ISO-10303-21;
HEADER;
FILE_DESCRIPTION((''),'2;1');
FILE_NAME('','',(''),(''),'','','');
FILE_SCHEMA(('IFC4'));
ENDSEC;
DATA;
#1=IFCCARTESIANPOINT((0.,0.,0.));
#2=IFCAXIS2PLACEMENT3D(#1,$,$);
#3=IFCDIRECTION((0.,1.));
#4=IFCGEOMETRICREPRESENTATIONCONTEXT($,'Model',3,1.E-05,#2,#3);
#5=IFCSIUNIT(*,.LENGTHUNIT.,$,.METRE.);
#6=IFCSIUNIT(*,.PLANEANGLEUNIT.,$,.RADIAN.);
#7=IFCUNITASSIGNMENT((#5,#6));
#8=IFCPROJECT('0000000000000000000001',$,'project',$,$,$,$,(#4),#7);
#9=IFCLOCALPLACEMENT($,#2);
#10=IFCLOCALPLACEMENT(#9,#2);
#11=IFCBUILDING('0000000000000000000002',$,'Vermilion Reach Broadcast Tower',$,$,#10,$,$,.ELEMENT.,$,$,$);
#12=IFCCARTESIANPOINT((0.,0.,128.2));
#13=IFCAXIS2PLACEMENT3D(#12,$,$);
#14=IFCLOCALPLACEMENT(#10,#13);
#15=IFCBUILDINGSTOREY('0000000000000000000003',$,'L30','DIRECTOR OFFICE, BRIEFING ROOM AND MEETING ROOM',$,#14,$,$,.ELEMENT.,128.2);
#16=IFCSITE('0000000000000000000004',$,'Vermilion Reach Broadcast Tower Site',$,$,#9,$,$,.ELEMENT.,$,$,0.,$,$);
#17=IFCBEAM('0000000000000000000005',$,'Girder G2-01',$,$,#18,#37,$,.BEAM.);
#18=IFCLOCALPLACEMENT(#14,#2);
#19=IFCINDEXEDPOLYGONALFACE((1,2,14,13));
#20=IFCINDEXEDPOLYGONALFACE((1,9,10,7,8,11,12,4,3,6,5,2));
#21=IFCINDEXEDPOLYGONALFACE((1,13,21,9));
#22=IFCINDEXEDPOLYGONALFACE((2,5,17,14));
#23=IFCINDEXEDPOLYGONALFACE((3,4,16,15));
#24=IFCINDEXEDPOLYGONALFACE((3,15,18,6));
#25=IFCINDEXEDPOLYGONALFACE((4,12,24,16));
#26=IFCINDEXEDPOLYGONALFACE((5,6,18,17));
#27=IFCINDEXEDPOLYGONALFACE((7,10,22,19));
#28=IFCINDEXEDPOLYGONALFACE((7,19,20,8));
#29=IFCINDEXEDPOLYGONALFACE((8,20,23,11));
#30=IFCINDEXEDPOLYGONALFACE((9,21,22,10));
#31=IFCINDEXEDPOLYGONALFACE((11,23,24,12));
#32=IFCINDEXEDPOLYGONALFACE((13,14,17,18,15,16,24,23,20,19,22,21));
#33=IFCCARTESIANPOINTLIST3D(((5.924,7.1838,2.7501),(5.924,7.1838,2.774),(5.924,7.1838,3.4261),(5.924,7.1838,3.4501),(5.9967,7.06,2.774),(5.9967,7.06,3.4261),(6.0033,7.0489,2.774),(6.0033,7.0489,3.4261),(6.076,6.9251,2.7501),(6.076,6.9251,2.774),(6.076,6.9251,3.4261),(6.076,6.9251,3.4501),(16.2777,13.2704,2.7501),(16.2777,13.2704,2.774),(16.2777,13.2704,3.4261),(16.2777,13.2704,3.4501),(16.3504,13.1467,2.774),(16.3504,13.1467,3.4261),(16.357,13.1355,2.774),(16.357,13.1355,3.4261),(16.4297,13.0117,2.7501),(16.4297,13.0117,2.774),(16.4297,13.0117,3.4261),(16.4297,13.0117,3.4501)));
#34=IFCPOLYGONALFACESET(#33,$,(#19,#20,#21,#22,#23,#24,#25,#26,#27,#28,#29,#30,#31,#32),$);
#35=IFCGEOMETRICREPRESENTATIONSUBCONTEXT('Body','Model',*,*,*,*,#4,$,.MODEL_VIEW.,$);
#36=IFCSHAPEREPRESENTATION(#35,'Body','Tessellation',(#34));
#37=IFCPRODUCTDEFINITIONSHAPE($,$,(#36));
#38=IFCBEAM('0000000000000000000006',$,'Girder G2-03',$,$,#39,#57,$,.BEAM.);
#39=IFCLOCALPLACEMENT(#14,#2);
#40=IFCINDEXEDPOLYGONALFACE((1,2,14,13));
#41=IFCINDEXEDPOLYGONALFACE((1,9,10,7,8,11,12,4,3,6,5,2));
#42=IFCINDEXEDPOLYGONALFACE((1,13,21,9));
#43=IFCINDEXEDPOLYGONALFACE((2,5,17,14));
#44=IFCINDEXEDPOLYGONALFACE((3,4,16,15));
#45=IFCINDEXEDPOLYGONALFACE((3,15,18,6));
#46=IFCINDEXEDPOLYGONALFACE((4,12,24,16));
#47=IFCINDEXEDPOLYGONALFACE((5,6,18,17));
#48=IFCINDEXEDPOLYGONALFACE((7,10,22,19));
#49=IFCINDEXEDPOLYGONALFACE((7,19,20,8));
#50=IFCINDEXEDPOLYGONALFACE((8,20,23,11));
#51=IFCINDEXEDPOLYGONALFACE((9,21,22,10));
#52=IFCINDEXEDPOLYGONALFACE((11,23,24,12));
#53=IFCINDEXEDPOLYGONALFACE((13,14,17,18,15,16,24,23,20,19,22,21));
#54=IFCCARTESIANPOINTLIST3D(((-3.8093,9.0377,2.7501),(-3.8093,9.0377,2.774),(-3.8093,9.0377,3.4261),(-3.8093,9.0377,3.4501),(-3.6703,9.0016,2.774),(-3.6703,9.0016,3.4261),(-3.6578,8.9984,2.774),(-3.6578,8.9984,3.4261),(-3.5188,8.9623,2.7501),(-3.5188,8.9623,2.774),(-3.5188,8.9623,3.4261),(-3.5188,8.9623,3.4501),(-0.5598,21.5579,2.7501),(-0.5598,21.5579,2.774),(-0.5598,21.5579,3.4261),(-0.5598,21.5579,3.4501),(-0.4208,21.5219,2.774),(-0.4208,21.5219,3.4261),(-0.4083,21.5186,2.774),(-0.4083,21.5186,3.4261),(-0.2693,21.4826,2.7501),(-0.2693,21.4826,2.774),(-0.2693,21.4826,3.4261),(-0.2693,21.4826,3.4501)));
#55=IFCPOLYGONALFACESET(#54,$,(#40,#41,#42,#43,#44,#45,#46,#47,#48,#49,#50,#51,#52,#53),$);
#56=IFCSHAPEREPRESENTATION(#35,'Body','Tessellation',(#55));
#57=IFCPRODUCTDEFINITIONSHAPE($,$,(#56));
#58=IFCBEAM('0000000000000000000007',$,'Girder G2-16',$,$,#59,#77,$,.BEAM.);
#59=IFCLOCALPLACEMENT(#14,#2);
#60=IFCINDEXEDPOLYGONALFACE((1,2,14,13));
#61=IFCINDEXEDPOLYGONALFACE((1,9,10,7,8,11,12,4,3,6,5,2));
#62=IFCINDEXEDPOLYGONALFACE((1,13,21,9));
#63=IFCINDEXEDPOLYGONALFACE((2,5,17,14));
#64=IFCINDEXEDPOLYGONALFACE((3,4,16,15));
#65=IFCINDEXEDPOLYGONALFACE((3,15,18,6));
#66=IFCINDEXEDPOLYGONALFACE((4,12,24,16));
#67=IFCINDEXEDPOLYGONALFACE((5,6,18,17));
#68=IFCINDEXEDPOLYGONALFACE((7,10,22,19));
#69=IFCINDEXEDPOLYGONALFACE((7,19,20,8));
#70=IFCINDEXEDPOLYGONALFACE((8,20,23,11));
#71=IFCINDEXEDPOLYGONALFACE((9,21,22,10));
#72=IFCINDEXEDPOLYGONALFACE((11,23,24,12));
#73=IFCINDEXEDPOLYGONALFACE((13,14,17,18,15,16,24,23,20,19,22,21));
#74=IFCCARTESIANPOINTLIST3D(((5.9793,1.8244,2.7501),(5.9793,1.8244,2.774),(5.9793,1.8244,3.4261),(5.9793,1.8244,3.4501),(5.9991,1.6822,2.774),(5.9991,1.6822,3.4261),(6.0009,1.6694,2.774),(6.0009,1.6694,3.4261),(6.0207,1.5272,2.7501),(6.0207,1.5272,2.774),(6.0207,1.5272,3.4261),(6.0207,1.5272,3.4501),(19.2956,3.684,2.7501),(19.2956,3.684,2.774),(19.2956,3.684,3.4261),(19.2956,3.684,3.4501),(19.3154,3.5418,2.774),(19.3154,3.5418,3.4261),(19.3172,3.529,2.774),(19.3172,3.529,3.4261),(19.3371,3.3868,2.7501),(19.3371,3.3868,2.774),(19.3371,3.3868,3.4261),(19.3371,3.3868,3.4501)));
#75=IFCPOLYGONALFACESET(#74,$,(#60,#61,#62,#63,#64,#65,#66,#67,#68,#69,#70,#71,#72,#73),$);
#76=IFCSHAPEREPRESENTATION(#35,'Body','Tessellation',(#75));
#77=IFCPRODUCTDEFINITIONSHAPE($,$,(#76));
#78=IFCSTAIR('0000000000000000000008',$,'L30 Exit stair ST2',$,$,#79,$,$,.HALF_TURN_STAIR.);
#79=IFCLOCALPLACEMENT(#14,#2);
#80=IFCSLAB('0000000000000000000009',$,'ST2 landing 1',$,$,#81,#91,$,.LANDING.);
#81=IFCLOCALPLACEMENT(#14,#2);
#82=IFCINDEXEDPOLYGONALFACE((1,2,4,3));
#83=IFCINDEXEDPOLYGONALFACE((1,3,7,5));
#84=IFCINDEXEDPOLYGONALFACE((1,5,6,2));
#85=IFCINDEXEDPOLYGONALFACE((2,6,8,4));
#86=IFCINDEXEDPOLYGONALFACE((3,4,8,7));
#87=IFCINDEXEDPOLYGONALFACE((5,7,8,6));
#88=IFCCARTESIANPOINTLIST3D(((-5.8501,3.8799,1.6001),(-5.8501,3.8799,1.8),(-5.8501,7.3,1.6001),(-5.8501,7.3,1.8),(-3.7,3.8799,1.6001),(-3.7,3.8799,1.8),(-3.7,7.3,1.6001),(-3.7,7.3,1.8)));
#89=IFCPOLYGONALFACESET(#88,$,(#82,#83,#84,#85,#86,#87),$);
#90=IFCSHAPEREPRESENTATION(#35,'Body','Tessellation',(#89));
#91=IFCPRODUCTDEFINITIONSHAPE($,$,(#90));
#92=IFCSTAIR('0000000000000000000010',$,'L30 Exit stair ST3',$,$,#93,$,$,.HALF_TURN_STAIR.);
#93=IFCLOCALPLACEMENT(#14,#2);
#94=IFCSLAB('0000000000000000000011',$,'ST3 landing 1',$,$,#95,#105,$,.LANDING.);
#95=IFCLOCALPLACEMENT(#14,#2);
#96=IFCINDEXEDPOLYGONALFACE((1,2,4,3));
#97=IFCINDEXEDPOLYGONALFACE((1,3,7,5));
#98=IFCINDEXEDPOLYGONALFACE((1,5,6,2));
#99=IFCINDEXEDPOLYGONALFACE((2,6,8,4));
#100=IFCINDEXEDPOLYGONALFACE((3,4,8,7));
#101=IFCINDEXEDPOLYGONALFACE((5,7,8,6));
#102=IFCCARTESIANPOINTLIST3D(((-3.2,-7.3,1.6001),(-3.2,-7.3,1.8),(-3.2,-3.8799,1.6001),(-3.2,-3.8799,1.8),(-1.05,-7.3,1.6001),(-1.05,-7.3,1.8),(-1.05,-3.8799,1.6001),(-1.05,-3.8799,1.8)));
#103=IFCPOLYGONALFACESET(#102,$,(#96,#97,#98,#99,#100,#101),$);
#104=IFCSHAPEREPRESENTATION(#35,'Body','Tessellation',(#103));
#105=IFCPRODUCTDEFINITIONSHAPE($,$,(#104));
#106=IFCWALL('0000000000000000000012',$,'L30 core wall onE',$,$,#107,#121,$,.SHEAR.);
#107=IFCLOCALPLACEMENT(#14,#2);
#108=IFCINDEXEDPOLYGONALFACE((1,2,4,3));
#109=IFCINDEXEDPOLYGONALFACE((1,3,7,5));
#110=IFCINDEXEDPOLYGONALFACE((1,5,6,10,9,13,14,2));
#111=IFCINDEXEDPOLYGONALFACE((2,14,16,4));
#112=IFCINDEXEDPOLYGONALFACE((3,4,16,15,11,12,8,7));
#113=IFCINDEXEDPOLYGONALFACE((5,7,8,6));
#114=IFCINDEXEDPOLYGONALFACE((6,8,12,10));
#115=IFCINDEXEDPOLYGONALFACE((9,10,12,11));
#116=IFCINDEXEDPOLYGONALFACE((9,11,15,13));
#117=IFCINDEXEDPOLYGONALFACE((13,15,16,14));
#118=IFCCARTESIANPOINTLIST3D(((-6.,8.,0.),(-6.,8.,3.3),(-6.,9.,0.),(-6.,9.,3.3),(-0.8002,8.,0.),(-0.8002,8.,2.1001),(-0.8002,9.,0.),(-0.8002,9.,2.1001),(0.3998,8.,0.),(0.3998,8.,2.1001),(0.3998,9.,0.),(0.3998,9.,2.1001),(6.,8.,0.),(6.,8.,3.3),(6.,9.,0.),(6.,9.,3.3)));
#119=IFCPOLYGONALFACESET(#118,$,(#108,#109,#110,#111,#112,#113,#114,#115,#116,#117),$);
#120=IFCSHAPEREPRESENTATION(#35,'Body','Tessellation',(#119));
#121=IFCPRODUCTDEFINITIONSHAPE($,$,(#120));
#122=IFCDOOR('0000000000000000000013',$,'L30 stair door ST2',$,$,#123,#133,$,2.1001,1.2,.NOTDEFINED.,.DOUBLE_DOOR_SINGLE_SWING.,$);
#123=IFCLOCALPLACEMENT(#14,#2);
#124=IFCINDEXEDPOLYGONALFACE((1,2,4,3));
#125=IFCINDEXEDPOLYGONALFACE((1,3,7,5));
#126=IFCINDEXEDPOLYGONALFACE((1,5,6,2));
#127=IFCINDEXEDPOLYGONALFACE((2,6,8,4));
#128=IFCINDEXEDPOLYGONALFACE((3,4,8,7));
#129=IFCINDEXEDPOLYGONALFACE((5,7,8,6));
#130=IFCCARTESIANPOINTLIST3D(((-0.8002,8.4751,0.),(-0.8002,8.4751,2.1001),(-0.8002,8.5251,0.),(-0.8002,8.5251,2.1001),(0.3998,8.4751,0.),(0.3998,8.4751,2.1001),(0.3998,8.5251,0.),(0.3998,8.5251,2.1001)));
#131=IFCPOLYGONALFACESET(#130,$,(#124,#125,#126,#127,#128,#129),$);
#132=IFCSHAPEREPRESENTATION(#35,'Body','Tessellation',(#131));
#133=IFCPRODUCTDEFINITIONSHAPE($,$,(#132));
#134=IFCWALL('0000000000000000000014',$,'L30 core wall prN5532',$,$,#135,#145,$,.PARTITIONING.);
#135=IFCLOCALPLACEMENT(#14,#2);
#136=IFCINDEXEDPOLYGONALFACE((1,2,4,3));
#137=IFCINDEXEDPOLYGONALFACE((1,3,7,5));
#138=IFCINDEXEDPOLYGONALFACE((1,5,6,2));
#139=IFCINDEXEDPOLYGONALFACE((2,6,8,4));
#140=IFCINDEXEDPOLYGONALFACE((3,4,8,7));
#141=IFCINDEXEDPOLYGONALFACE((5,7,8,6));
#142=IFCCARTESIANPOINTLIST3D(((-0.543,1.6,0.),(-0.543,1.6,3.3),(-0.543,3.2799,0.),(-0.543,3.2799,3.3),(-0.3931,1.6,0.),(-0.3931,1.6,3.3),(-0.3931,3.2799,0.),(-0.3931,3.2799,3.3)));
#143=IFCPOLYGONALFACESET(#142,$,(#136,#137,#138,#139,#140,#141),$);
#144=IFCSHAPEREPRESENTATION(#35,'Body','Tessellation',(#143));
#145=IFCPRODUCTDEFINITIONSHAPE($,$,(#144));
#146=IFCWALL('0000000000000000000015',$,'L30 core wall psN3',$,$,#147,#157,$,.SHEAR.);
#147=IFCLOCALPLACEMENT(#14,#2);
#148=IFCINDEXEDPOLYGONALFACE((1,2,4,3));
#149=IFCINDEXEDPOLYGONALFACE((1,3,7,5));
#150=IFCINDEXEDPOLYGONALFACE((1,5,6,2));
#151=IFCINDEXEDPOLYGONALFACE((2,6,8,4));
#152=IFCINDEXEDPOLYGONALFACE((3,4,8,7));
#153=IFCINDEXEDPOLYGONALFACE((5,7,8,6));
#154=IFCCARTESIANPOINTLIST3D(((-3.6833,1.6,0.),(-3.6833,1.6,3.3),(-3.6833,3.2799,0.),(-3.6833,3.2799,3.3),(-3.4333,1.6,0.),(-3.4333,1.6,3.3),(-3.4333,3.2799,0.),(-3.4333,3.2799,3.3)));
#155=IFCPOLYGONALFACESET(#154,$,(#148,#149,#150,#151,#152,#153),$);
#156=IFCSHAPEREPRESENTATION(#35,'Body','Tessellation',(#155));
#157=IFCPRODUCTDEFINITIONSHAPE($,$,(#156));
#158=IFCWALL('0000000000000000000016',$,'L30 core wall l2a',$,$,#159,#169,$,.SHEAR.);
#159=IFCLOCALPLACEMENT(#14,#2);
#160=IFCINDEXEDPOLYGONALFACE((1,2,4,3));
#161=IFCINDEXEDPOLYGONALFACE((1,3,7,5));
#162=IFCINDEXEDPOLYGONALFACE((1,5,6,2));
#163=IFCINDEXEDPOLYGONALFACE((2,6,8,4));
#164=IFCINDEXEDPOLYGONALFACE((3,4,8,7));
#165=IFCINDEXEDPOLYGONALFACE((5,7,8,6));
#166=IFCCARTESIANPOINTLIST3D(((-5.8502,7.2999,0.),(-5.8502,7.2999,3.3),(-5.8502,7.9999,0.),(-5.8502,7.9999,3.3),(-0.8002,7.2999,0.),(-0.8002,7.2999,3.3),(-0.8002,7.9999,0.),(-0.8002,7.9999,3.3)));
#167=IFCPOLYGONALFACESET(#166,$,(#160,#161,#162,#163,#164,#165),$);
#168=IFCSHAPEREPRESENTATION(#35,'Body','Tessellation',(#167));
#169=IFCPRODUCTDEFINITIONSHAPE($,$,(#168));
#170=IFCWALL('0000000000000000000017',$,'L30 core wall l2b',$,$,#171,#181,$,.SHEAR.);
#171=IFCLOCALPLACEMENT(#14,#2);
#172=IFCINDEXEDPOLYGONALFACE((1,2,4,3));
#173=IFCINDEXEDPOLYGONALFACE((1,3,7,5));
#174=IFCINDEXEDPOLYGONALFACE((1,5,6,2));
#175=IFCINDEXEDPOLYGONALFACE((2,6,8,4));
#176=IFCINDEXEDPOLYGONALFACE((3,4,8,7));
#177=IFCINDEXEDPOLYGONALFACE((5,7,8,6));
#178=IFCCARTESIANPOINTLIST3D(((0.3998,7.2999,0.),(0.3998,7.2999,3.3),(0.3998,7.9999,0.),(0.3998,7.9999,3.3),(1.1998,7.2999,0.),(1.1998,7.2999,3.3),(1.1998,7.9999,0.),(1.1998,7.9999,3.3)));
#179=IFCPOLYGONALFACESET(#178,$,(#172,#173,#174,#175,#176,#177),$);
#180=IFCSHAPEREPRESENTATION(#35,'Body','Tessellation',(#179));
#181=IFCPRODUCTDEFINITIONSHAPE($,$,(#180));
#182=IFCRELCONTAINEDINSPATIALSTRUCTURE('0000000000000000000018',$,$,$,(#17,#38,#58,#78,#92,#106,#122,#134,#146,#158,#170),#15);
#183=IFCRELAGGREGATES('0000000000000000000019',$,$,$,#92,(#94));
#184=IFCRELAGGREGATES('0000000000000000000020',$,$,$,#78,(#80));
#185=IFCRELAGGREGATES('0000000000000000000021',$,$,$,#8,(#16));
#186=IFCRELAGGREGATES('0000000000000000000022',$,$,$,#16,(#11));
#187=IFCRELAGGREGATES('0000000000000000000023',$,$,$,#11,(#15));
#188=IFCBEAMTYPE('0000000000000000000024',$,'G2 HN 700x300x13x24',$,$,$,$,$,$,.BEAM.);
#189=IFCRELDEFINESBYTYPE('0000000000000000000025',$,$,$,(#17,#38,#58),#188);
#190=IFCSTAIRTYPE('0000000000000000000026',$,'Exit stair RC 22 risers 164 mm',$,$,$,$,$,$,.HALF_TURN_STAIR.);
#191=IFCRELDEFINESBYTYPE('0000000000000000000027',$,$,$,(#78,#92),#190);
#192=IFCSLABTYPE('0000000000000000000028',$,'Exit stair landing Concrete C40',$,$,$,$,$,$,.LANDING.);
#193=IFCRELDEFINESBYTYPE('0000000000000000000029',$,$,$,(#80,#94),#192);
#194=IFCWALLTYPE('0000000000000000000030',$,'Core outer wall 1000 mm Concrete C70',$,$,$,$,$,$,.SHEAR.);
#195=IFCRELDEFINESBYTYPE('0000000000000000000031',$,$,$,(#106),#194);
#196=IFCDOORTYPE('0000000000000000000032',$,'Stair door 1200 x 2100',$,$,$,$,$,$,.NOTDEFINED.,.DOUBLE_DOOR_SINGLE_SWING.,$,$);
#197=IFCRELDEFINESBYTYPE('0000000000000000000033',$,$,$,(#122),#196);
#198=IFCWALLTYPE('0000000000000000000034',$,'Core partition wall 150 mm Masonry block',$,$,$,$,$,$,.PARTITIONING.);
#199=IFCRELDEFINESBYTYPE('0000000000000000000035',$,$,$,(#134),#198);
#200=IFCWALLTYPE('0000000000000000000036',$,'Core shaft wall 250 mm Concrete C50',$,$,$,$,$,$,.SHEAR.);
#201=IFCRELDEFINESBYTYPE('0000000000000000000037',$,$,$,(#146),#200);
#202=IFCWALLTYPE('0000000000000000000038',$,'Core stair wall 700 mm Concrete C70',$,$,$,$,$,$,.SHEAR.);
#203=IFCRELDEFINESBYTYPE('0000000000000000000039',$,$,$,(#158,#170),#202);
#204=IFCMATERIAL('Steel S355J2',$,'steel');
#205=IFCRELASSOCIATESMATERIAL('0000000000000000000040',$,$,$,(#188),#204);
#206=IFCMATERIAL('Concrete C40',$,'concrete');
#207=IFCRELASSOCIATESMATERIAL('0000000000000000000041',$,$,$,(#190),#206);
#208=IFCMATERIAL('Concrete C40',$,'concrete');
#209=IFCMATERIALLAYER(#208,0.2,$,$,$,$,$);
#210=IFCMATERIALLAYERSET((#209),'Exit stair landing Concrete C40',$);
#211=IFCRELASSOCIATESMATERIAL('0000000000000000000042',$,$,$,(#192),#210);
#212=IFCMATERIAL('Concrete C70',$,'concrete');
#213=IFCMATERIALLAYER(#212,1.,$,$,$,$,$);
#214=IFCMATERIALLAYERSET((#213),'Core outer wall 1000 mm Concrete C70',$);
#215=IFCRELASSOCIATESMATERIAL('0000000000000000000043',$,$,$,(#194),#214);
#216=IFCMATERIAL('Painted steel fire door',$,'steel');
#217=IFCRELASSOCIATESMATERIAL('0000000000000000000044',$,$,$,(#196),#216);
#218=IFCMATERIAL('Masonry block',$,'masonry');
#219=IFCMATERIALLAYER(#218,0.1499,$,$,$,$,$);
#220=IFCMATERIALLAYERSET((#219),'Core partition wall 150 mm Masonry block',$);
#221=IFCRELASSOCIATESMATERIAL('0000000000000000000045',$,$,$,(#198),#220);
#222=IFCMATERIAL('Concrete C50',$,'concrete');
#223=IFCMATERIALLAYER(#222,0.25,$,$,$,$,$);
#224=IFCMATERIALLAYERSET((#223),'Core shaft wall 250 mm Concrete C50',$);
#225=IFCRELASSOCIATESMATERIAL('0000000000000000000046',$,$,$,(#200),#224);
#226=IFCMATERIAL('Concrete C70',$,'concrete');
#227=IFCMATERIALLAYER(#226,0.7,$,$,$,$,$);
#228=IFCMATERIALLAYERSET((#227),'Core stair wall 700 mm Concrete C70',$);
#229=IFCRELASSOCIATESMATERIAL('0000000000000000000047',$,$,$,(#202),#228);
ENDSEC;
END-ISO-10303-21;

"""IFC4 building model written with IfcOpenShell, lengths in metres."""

from ifc_helpers import new_model, si_unit, direction, frame, frame_2d, origin, origin_2d, place, context, subcontext, project, spatial, polyline, rectangle, i_section, outline, extrude, material, layer, layer_set, material_profile, profile_set, type_object, element, fill, aggregate, save


model = new_model("IFC4")

# Units and contexts
model_context = context("Model", 3, precision=1e-05, world=origin(), true_north=direction((0.0, 1.0)))
body_context = subcontext(model_context, "Body", "Model", "MODEL_VIEW")
ifc_project = project(units=[si_unit("LENGTHUNIT", "METRE"), si_unit("PLANEANGLEUNIT", "RADIAN")], contexts=[model_context])

# Site, building, storey
site_placement = place(None, origin())
site = spatial("IfcSite", under=ifc_project, at=site_placement, Name="Vermilion Reach Broadcast Tower Site", CompositionType="ELEMENT", RefElevation=0.0)
building_placement = place(site_placement, origin())
building = spatial("IfcBuilding", under=site, at=building_placement, Name="Vermilion Reach Broadcast Tower", CompositionType="ELEMENT")
storey_placement = place(building_placement, frame((0.0, 0.0, 128.2)))
storey = spatial("IfcBuildingStorey", under=building, at=storey_placement, Name="L30", Description="DIRECTOR OFFICE, BRIEFING ROOM AND MEETING ROOM", CompositionType="ELEMENT", Elevation=128.2)

# Beams
ifc_material_1 = material(Name="Steel S355J2", Category="steel")
ifc_material_profile = material_profile(ifc_material_1, i_section(OverallWidth=0.3, OverallDepth=0.7, WebThickness=0.0129, FlangeThickness=0.0239, at=origin_2d()), Name="S355J2 HN 700x300x13x24")
ifc_profile_set = profile_set([ifc_material_profile], Name="Steel S355J2")
beam_type = type_object("IfcBeamType", Name="G2 HN 700x300x13x24", PredefinedType="BEAM", material=ifc_profile_set)
beam_1_placement = place(storey_placement, frame((6.0, 7.0544, 3.1001), z_axis=(0.862072, 0.506786, 0.0), x_axis=(-0.506786, 0.862072, 0.0)))
element("IfcBeam", 1, at=beam_1_placement, inside=storey, type_object=beam_type, Name="Girder G2-01", PredefinedType="BEAM", context=body_context, shape_type="SweptSolid", body=[
    extrude(i_section(OverallWidth=0.3, OverallDepth=0.7, WebThickness=0.0129, FlangeThickness=0.0239, at=origin_2d()), origin(), (0.0, 0.0, 1.0), 12.0103),
])
beam_2_placement = place(storey_placement, frame((-3.6641, 9.0, 3.1001), z_axis=(0.251217, 0.967931, 0.0), x_axis=(-0.967931, 0.251217, 0.0)))
element("IfcBeam", 2, at=beam_2_placement, inside=storey, type_object=beam_type, Name="Girder G2-03", PredefinedType="BEAM", context=body_context, shape_type="SweptSolid", body=[
    extrude(i_section(OverallWidth=0.3, OverallDepth=0.7, WebThickness=0.0129, FlangeThickness=0.0239, at=origin_2d()), origin(), (0.0, 0.0, 1.0), 12.9351),
])
beam_3_placement = place(storey_placement, frame((6.0, 1.6758, 3.1001), z_axis=(0.990389, 0.138307, 0.0), x_axis=(-0.138307, 0.990389, 0.0)))
element("IfcBeam", 3, at=beam_3_placement, inside=storey, type_object=beam_type, Name="Girder G2-16", PredefinedType="BEAM", context=body_context, shape_type="SweptSolid", body=[
    extrude(i_section(OverallWidth=0.3, OverallDepth=0.7, WebThickness=0.0129, FlangeThickness=0.0239, at=origin_2d()), origin(), (0.0, 0.0, 1.0), 13.4456),
])

# Stairs, slabs
ifc_material_2 = material(Name="Concrete C40", Category="concrete")
stair_type = type_object("IfcStairType", Name="Exit stair RC 22 risers 164 mm", PredefinedType="HALF_TURN_STAIR", material=ifc_material_2)
placement_1 = place(storey_placement, origin())
stair_1 = element("IfcStair", 4, at=placement_1, inside=storey, type_object=stair_type, Name="L30 Exit stair ST2", PredefinedType="HALF_TURN_STAIR")
ifc_material_3 = material(Name="Concrete C40", Category="concrete")
ifc_layer_1 = layer(ifc_material_3, 0.2)
ifc_layer_set_1 = layer_set([ifc_layer_1], Name="Exit stair landing Concrete C40")
slab_type = type_object("IfcSlabType", Name="Exit stair landing Concrete C40", PredefinedType="LANDING", material=ifc_layer_set_1)
placement_2 = place(storey_placement, frame((0.0, 0.0, 1.6001)))
slab_1 = element("IfcSlab", 5, at=placement_2, type_object=slab_type, Name="ST2 landing 1", PredefinedType="LANDING", context=body_context, shape_type="SweptSolid", body=[
    extrude(outline(polyline([(-3.7, 7.3), (-5.8501, 7.3), (-5.8501, 3.8799), (-3.7, 3.8799), (-3.7, 7.3)])), origin(), (0.0, 0.0, 1.0), 0.2),
])
stair_2 = element("IfcStair", 6, at=placement_1, inside=storey, type_object=stair_type, Name="L30 Exit stair ST3", PredefinedType="HALF_TURN_STAIR")
slab_2 = element("IfcSlab", 7, at=placement_2, type_object=slab_type, Name="ST3 landing 1", PredefinedType="LANDING", context=body_context, shape_type="SweptSolid", body=[
    extrude(outline(polyline([(-3.2, -7.3), (-1.05, -7.3), (-1.05, -3.8799), (-3.2, -3.8799), (-3.2, -7.3)])), origin(), (0.0, 0.0, 1.0), 0.2),
])
aggregate(stair_2, [slab_2])

# Wall, opening, door
ifc_material_4 = material(Name="Concrete C70", Category="concrete")
ifc_layer_2 = layer(ifc_material_4, 1.0)
ifc_layer_set_2 = layer_set([ifc_layer_2], Name="Core outer wall 1000 mm Concrete C70")
wall_type_1 = type_object("IfcWallType", Name="Core outer wall 1000 mm Concrete C70", PredefinedType="SHEAR", material=ifc_layer_set_2)
wall_1_placement = place(storey_placement, frame((6.0, 8.5, 0.0), z_axis=(0.0, 0.0, 1.0), x_axis=(-1.0, 0.0, 0.0)))
wall_1 = element("IfcWall", 8, at=wall_1_placement, inside=storey, type_object=wall_type_1, Name="L30 core wall onE", PredefinedType="SHEAR", context=body_context, shape_type="SweptSolid", body=[
    extrude(rectangle(XDim=12.0, YDim=1.0, at=frame_2d((6.0, 0.0))), origin(), (0.0, 0.0, 1.0), 3.3),
])
opening_placement = place(wall_1_placement, frame((5.6001, 0.0, 0.0)))
opening = element("IfcOpeningElement", 9, at=opening_placement, cuts=wall_1, PredefinedType="OPENING", context=body_context, shape_type="SweptSolid", body=[
    extrude(rectangle(XDim=1.2, YDim=2.1001, at=frame_2d((0.6001, 1.05))), frame((0.0, 0.51, 0.0), z_axis=(0.0, -1.0, 0.0), x_axis=(1.0, 0.0, 0.0)), (0.0, 0.0, 1.0), 1.02),
])
ifc_material_5 = material(Name="Painted steel fire door", Category="steel")
door_type = type_object("IfcDoorType", Name="Stair door 1200 x 2100", OperationType="DOUBLE_DOOR_SINGLE_SWING", PredefinedType="NOTDEFINED", material=ifc_material_5)
door_placement = place(opening_placement, origin())
door = element("IfcDoor", 10, at=door_placement, inside=storey, type_object=door_type, Name="L30 stair door ST2", OperationType="DOUBLE_DOOR_SINGLE_SWING", OverallHeight=2.1001, OverallWidth=1.2, PredefinedType="NOTDEFINED", context=body_context, shape_type="SweptSolid", body=[
    extrude(rectangle(XDim=1.2, YDim=2.1001, at=frame_2d((0.6001, 1.05))), frame((0.0, 0.0249, 0.0), z_axis=(0.0, -1.0, 0.0), x_axis=(1.0, 0.0, 0.0)), (0.0, 0.0, 1.0), 0.05),
])
fill(opening, door)

# Walls
ifc_material_6 = material(Name="Masonry block", Category="masonry")
ifc_layer_3 = layer(ifc_material_6, 0.1499)
ifc_layer_set_3 = layer_set([ifc_layer_3], Name="Core partition wall 150 mm Masonry block")
wall_type_2 = type_object("IfcWallType", Name="Core partition wall 150 mm Masonry block", PredefinedType="PARTITIONING", material=ifc_layer_set_3)
wall_2_placement = place(storey_placement, frame((-0.468, 1.6001, 0.0), z_axis=(0.0, 0.0, 1.0), x_axis=(0.0, 1.0, 0.0)))
element("IfcWall", 11, at=wall_2_placement, inside=storey, type_object=wall_type_2, Name="L30 core wall prN5532", PredefinedType="PARTITIONING", context=body_context, shape_type="SweptSolid", body=[
    extrude(rectangle(XDim=1.6799, YDim=0.1499, at=frame_2d((0.8398, 0.0))), origin(), (0.0, 0.0, 1.0), 3.3),
])
ifc_material_7 = material(Name="Concrete C50", Category="concrete")
ifc_layer_4 = layer(ifc_material_7, 0.25)
ifc_layer_set_4 = layer_set([ifc_layer_4], Name="Core shaft wall 250 mm Concrete C50")
wall_type_3 = type_object("IfcWallType", Name="Core shaft wall 250 mm Concrete C50", PredefinedType="SHEAR", material=ifc_layer_set_4)
wall_3_placement = place(storey_placement, frame((-3.5583, 1.6001, 0.0), z_axis=(0.0, 0.0, 1.0), x_axis=(0.0, 1.0, 0.0)))
element("IfcWall", 12, at=wall_3_placement, inside=storey, type_object=wall_type_3, Name="L30 core wall psN3", PredefinedType="SHEAR", context=body_context, shape_type="SweptSolid", body=[
    extrude(rectangle(XDim=1.6799, YDim=0.25, at=frame_2d((0.8398, 0.0))), origin(), (0.0, 0.0, 1.0), 3.3),
])
ifc_material_8 = material(Name="Concrete C70", Category="concrete")
ifc_layer_5 = layer(ifc_material_8, 0.7)
ifc_layer_set_5 = layer_set([ifc_layer_5], Name="Core stair wall 700 mm Concrete C70")
wall_type_4 = type_object("IfcWallType", Name="Core stair wall 700 mm Concrete C70", PredefinedType="SHEAR", material=ifc_layer_set_5)
wall_4_placement = place(storey_placement, frame((-5.8501, 7.6499, 0.0), z_axis=(0.0, 0.0, 1.0), x_axis=(1.0, 0.0, 0.0)))
element("IfcWall", 13, at=wall_4_placement, inside=storey, type_object=wall_type_4, Name="L30 core wall l2a", PredefinedType="SHEAR", context=body_context, shape_type="SweptSolid", body=[
    extrude(rectangle(XDim=5.05, YDim=0.7, at=frame_2d((2.5249, 0.0))), origin(), (0.0, 0.0, 1.0), 3.3),
])
wall_5_placement = place(storey_placement, frame((0.3999, 7.6499, 0.0), z_axis=(0.0, 0.0, 1.0), x_axis=(1.0, 0.0, 0.0)))
element("IfcWall", 14, at=wall_5_placement, inside=storey, type_object=wall_type_4, Name="L30 core wall l2b", PredefinedType="SHEAR", context=body_context, shape_type="SweptSolid", body=[
    extrude(rectangle(XDim=0.8, YDim=0.7, at=frame_2d((0.3999, 0.0))), origin(), (0.0, 0.0, 1.0), 3.3),
])

aggregate(stair_1, [slab_1])

save(model, "model.ifc")
